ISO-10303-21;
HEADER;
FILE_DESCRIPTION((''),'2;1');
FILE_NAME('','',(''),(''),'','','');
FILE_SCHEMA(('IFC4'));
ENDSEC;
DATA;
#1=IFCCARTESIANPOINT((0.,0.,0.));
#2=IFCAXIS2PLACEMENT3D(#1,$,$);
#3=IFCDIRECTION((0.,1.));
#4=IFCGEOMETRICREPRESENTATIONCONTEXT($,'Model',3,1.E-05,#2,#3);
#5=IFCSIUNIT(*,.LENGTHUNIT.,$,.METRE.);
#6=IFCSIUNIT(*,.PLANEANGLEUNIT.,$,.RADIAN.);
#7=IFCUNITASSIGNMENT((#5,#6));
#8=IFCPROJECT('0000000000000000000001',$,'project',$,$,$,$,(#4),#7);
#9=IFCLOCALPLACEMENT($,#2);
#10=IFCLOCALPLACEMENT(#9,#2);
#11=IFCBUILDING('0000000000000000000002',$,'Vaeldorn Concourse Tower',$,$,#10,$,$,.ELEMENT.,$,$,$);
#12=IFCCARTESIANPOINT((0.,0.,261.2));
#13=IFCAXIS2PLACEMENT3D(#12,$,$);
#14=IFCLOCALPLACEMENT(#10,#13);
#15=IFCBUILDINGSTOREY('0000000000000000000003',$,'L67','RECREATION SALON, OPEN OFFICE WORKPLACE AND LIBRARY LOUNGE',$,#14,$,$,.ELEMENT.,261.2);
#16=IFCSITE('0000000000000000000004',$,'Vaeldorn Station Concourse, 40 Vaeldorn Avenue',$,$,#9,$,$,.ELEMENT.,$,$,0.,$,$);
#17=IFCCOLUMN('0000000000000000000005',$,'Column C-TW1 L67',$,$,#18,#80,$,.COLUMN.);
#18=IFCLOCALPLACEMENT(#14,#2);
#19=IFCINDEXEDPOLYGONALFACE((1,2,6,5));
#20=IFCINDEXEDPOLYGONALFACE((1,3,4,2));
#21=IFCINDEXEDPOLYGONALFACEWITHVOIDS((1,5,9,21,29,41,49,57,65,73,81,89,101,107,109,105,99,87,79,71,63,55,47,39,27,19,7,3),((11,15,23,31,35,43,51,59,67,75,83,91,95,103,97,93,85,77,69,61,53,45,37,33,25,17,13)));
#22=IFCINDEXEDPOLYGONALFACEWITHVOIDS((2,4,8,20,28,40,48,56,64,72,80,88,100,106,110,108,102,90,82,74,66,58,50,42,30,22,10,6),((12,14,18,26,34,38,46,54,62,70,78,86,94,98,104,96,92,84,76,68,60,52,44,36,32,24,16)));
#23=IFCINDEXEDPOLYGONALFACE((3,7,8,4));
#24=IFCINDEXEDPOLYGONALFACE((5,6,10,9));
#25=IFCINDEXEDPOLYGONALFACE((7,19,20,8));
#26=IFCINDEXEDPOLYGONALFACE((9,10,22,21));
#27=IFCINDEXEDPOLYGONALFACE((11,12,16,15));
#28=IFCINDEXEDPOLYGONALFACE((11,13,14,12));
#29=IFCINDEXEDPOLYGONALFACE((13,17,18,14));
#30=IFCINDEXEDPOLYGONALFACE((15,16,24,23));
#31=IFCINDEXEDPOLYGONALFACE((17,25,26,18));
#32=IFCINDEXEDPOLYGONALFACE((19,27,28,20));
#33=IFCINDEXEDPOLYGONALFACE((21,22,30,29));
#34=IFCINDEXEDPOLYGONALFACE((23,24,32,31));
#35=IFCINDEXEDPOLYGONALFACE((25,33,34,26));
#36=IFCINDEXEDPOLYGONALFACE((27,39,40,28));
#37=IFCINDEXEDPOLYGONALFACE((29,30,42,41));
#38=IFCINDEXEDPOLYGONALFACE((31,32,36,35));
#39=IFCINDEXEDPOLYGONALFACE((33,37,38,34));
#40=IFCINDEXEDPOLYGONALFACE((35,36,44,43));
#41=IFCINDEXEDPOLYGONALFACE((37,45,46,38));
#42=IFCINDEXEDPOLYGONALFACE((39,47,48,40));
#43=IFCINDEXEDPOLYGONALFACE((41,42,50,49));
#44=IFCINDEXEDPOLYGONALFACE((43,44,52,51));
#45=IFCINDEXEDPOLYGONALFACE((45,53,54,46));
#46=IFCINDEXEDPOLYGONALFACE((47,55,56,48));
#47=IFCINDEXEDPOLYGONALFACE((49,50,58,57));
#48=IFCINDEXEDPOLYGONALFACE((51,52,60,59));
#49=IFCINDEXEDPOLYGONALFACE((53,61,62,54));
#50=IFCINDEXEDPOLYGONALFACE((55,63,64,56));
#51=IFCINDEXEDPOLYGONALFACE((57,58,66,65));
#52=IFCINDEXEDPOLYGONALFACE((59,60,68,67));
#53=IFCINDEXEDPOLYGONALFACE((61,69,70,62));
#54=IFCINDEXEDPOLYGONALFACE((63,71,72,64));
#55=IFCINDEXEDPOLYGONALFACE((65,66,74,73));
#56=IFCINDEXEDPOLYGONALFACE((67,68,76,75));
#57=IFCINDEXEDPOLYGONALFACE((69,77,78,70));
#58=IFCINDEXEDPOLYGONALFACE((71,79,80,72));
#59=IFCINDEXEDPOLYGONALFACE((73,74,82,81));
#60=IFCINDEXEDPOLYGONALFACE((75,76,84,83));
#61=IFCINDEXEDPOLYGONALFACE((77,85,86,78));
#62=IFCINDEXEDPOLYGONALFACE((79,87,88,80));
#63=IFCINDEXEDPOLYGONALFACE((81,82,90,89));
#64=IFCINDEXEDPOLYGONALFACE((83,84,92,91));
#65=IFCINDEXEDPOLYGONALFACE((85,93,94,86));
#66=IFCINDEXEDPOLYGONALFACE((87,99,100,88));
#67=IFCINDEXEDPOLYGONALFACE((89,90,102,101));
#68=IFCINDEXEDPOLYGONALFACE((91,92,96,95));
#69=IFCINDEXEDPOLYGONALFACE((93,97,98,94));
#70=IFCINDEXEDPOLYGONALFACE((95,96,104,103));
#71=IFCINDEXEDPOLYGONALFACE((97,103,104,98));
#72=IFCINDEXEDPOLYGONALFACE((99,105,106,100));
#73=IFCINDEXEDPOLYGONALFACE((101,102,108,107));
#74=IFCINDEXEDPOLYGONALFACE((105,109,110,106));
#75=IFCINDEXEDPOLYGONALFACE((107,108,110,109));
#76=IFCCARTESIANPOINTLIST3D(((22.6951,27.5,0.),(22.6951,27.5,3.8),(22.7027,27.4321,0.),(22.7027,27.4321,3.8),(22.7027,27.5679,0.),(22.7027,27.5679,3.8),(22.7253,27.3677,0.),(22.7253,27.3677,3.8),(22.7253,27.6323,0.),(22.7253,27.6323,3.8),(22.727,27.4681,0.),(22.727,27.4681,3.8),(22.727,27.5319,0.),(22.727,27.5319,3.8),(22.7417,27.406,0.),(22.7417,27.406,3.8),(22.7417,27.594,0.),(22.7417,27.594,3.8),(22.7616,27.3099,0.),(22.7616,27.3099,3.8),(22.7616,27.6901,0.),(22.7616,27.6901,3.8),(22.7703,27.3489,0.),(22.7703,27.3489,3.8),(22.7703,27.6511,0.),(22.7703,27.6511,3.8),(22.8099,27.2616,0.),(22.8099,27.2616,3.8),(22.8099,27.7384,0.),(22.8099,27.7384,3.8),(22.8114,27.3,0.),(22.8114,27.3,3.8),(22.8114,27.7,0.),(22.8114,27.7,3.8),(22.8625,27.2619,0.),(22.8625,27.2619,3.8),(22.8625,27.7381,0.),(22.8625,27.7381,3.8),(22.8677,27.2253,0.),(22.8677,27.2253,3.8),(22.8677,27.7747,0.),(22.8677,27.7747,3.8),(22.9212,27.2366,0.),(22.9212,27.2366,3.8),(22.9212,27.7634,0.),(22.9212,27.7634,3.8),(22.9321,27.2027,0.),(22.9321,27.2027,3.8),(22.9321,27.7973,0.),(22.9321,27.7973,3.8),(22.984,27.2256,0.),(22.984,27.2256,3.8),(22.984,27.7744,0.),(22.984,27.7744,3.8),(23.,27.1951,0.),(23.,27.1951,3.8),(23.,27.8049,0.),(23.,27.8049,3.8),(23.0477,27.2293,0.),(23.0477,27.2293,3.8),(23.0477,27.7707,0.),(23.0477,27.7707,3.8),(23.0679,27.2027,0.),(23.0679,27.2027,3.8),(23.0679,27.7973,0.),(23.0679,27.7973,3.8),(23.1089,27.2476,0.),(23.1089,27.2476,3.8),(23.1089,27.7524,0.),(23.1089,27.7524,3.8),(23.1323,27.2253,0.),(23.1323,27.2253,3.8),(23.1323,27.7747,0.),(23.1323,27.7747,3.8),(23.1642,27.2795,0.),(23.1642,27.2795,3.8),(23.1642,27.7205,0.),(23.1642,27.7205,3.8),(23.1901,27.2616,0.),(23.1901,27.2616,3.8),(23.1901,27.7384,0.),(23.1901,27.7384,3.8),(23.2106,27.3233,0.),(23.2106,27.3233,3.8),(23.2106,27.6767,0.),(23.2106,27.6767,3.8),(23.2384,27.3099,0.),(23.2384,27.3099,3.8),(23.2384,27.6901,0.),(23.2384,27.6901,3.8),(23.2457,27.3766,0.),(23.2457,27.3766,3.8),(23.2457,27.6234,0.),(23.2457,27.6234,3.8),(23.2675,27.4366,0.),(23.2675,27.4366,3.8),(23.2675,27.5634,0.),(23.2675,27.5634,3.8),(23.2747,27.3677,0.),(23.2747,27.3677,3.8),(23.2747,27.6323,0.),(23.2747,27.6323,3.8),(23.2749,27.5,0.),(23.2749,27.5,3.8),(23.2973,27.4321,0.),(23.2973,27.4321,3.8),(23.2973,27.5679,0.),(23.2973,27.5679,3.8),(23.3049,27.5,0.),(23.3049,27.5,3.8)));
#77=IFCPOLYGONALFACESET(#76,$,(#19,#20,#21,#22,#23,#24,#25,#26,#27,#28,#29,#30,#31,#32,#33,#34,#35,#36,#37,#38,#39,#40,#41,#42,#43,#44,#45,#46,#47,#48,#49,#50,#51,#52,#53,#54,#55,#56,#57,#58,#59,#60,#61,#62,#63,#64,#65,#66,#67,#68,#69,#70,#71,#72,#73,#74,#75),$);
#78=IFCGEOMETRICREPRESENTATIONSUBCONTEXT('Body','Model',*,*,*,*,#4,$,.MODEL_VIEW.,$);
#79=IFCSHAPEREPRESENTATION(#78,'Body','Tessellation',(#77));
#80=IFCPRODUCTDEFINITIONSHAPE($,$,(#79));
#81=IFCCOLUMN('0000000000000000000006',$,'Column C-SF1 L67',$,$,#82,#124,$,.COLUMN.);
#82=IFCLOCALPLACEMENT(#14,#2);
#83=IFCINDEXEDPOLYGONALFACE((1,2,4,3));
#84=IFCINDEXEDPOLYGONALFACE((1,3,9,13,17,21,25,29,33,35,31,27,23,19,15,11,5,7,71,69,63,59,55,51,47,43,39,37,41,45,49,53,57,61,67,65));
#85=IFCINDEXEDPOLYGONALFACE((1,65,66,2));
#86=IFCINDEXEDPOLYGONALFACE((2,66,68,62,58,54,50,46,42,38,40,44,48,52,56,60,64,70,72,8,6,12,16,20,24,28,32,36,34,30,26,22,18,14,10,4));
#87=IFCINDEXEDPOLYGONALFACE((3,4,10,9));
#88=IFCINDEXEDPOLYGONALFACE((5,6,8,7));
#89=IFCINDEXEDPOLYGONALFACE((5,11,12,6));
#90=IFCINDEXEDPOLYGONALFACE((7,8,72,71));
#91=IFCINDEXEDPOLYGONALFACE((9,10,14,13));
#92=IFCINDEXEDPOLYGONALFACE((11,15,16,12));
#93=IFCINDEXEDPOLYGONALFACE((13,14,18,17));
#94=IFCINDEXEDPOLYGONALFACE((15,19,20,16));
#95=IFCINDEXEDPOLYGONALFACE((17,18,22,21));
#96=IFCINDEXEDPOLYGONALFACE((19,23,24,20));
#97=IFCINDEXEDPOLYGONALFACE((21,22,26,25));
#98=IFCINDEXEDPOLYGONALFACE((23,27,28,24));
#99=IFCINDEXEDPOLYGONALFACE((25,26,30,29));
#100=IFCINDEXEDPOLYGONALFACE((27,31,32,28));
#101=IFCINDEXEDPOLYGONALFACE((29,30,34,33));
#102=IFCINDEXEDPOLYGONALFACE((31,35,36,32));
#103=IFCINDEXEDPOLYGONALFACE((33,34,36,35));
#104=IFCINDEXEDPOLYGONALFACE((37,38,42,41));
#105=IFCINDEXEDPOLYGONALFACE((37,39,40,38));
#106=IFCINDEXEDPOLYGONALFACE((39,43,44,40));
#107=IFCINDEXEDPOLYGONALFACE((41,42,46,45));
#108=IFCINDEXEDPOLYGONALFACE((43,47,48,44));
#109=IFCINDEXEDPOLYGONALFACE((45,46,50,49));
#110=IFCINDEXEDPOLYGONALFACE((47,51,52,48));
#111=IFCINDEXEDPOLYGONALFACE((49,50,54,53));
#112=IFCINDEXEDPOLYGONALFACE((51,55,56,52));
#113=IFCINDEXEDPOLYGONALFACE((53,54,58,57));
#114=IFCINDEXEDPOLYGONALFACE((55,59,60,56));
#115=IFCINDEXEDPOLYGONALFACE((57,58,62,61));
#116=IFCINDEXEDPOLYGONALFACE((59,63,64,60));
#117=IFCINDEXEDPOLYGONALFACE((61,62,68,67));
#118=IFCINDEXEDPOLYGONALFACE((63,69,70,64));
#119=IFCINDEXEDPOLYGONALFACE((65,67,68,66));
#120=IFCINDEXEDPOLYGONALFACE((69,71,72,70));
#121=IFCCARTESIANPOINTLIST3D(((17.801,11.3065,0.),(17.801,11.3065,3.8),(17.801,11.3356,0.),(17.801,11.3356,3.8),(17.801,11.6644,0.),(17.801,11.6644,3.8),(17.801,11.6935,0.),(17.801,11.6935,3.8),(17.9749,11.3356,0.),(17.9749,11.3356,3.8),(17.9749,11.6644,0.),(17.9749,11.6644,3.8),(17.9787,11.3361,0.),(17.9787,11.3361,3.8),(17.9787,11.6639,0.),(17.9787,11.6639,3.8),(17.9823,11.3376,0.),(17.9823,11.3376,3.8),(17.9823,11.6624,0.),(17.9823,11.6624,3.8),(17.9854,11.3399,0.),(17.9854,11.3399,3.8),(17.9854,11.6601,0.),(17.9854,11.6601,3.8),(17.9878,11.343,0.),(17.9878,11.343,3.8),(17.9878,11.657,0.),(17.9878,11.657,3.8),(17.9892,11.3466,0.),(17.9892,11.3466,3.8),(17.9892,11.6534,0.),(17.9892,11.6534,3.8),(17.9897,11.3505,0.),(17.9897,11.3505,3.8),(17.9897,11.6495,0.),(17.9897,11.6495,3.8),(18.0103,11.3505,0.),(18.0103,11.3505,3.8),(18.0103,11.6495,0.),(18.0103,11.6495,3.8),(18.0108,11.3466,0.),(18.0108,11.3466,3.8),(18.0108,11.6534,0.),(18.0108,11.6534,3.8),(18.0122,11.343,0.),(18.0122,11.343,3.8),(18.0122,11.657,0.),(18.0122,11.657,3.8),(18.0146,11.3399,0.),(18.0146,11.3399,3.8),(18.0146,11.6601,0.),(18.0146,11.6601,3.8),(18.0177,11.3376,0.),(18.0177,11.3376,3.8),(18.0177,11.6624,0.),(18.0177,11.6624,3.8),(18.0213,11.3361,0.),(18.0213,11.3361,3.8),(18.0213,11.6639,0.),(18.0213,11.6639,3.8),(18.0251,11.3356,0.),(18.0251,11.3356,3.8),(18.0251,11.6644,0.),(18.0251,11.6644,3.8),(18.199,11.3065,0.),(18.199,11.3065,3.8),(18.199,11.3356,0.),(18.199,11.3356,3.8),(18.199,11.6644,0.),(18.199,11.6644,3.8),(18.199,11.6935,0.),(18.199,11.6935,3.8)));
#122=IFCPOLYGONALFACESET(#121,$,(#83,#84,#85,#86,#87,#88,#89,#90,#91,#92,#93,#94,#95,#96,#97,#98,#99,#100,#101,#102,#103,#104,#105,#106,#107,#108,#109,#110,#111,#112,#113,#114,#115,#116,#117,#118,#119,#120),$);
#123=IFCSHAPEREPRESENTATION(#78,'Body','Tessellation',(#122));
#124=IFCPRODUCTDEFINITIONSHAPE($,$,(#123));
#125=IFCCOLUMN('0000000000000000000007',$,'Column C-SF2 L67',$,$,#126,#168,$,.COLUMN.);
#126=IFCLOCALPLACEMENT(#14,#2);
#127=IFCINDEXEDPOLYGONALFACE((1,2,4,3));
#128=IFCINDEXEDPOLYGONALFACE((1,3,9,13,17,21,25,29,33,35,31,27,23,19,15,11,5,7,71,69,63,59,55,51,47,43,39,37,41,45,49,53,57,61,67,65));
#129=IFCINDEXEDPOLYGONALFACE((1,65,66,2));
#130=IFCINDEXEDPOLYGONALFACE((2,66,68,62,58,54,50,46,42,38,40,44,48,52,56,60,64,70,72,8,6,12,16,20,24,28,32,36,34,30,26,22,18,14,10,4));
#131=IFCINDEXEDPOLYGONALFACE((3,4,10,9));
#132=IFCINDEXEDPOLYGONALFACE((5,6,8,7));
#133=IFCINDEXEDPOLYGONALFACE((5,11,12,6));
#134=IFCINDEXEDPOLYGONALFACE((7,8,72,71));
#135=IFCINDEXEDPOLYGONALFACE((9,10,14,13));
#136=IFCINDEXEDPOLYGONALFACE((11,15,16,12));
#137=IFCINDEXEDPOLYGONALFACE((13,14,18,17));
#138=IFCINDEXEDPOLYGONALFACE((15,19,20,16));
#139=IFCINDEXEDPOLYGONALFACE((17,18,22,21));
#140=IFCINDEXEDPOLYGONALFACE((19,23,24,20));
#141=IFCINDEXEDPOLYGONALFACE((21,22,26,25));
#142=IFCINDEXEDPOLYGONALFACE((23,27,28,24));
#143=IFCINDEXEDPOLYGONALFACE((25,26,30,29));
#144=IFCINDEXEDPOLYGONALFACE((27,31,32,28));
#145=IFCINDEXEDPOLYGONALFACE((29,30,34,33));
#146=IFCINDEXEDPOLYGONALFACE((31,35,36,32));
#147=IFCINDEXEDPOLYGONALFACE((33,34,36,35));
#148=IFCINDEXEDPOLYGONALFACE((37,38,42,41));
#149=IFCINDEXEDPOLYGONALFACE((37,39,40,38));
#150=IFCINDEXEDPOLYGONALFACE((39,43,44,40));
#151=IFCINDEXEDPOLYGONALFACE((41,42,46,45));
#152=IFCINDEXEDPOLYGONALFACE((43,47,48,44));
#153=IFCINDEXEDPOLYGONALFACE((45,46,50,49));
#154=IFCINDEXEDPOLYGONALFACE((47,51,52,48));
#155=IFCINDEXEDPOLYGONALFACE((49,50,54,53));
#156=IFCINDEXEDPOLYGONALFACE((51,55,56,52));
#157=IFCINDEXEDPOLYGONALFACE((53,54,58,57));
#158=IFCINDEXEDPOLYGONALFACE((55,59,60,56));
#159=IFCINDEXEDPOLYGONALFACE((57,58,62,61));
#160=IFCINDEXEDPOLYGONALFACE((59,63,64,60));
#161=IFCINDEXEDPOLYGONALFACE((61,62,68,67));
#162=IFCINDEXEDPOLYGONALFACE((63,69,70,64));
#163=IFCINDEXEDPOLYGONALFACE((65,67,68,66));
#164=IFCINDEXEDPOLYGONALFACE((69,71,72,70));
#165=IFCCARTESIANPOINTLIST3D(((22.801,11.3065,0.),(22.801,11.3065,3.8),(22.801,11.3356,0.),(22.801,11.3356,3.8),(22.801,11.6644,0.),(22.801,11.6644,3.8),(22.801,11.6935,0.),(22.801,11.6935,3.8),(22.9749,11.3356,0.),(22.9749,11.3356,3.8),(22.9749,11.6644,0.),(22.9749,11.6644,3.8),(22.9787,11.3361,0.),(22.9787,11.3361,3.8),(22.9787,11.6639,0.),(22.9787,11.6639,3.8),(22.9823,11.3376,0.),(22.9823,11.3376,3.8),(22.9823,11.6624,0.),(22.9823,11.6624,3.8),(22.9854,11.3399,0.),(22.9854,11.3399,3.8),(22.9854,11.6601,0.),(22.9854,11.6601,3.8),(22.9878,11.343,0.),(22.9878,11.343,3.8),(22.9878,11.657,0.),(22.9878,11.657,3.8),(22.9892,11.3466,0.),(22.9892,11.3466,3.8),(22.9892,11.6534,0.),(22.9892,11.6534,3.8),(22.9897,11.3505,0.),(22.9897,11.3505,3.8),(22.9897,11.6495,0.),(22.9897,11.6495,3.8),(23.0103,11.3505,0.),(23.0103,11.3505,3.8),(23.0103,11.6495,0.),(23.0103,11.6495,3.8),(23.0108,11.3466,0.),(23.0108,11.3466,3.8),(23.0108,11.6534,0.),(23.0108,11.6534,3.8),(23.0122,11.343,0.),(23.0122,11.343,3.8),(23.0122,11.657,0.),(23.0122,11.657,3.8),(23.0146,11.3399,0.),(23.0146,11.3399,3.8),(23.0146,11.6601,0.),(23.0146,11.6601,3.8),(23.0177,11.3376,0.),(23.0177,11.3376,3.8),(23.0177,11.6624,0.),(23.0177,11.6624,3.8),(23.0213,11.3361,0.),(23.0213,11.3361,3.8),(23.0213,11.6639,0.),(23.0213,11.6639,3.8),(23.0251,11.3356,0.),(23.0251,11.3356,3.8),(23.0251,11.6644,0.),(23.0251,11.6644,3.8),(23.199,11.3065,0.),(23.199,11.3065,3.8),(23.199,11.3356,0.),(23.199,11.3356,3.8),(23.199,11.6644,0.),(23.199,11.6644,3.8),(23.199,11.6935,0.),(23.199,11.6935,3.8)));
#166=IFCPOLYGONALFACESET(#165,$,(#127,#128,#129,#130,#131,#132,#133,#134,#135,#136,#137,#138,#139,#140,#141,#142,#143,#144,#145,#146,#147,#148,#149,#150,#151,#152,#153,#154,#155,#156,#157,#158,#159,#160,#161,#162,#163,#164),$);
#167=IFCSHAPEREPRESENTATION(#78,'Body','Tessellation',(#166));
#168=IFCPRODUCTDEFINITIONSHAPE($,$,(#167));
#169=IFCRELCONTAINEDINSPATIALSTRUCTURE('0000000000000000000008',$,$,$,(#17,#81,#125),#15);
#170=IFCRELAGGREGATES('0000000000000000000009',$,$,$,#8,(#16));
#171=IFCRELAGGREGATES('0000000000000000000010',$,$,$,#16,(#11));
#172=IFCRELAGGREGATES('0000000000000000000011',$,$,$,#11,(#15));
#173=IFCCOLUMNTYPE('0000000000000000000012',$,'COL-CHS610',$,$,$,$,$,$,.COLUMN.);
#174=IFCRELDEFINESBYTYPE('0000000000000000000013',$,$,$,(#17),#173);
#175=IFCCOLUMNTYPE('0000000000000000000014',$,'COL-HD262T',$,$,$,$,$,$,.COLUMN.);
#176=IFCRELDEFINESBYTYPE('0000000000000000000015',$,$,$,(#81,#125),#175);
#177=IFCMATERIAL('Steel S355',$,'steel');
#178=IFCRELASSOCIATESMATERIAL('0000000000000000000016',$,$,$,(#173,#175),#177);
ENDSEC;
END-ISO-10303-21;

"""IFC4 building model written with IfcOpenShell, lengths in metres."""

from ifc_helpers import new_model, si_unit, direction, frame, origin, origin_2d, place, context, subcontext, project, spatial, hollow_circle, i_section, extrude, source, transform, mapped, material, material_profile, profile_set, type_object, element, save


model = new_model("IFC4")

# Units and contexts
model_context = context("Model", 3, precision=1e-05, world=origin(), true_north=direction((0.0, 1.0)))
body_context = subcontext(model_context, "Body", "Model", "MODEL_VIEW")
ifc_project = project(units=[si_unit("LENGTHUNIT", "METRE"), si_unit("PLANEANGLEUNIT", "RADIAN")], contexts=[model_context])

# Site, building, storey
site_placement = place(None, origin())
site = spatial("IfcSite", under=ifc_project, at=site_placement, Name="Vaeldorn Station Concourse, 40 Vaeldorn Avenue", CompositionType="ELEMENT", RefElevation=0.0)
building_placement = place(site_placement, origin())
building = spatial("IfcBuilding", under=site, at=building_placement, Name="Vaeldorn Concourse Tower", CompositionType="ELEMENT")
storey_placement = place(building_placement, frame((0.0, 0.0, 261.2)))
storey = spatial("IfcBuildingStorey", under=building, at=storey_placement, Name="L67", Description="RECREATION SALON, OPEN OFFICE WORKPLACE AND LIBRARY LOUNGE", CompositionType="ELEMENT", Elevation=261.2)

# Columns
ifc_material_1 = material(Name="Steel S355", Category="steel")
ifc_material_profile_1 = material_profile(ifc_material_1, hollow_circle(Radius=0.3049, WallThickness=0.03, at=origin_2d()), Name="CHS 610x30")
ifc_profile_set_1 = profile_set([ifc_material_profile_1], Name="Steel S355")
column_type_1 = type_object("IfcColumnType", Name="COL-CHS610", PredefinedType="COLUMN", material=ifc_profile_set_1)
shared_shape_1 = source(origin(), body_context, "Body", "SweptSolid", [
    extrude(hollow_circle(Radius=0.3049, WallThickness=0.03, at=origin_2d()), origin(), (0.0, 0.0, 1.0), 3.8),
])
column_placement = place(storey_placement, frame((23.0, 27.5, 0.0), z_axis=(0.0, 0.0, 1.0), x_axis=(1.0, 0.0, 0.0)))
element("IfcColumn", 1, at=column_placement, inside=storey, type_object=column_type_1, Name="Column C-TW1 L67", PredefinedType="COLUMN", context=body_context, shape_type="MappedRepresentation", body=[
    mapped(shared_shape_1, transform((0.0, 0.0, 0.0), scale=1.0)),
])
ifc_material_profile_2 = material_profile(ifc_material_1, i_section(OverallWidth=0.3979, OverallDepth=0.387, WebThickness=0.0205, FlangeThickness=0.0291, FilletRadius=0.0149, at=origin_2d()), Name="HD 400x262")
ifc_profile_set_2 = profile_set([ifc_material_profile_2], Name="Steel S355")
column_type_2 = type_object("IfcColumnType", Name="COL-HD262T", PredefinedType="COLUMN", material=ifc_profile_set_2)
shared_shape_2 = source(origin(), body_context, "Body", "SweptSolid", [
    extrude(i_section(OverallWidth=0.3979, OverallDepth=0.387, WebThickness=0.0205, FlangeThickness=0.0291, FilletRadius=0.0149, at=origin_2d()), origin(), (0.0, 0.0, 1.0), 3.8),
])
for number, where, z_axis, x_axis, name in (
    (2, (18.0, 11.5, 0.0), (0.0, 0.0, 1.0), (1.0, 0.0, 0.0), "Column C-SF1 L67"),
    (3, (23.0, 11.5, 0.0), (0.0, 0.0, 1.0), (1.0, 0.0, 0.0), "Column C-SF2 L67"),
):
    element("IfcColumn", number, at=place(storey_placement, frame(where, z_axis=z_axis, x_axis=x_axis)), inside=storey, type_object=column_type_2, Name=name, PredefinedType="COLUMN", context=body_context, shape_type="MappedRepresentation", body=[
        mapped(shared_shape_2, transform((0.0, 0.0, 0.0), scale=1.0)),
    ])

save(model, "model.ifc")
